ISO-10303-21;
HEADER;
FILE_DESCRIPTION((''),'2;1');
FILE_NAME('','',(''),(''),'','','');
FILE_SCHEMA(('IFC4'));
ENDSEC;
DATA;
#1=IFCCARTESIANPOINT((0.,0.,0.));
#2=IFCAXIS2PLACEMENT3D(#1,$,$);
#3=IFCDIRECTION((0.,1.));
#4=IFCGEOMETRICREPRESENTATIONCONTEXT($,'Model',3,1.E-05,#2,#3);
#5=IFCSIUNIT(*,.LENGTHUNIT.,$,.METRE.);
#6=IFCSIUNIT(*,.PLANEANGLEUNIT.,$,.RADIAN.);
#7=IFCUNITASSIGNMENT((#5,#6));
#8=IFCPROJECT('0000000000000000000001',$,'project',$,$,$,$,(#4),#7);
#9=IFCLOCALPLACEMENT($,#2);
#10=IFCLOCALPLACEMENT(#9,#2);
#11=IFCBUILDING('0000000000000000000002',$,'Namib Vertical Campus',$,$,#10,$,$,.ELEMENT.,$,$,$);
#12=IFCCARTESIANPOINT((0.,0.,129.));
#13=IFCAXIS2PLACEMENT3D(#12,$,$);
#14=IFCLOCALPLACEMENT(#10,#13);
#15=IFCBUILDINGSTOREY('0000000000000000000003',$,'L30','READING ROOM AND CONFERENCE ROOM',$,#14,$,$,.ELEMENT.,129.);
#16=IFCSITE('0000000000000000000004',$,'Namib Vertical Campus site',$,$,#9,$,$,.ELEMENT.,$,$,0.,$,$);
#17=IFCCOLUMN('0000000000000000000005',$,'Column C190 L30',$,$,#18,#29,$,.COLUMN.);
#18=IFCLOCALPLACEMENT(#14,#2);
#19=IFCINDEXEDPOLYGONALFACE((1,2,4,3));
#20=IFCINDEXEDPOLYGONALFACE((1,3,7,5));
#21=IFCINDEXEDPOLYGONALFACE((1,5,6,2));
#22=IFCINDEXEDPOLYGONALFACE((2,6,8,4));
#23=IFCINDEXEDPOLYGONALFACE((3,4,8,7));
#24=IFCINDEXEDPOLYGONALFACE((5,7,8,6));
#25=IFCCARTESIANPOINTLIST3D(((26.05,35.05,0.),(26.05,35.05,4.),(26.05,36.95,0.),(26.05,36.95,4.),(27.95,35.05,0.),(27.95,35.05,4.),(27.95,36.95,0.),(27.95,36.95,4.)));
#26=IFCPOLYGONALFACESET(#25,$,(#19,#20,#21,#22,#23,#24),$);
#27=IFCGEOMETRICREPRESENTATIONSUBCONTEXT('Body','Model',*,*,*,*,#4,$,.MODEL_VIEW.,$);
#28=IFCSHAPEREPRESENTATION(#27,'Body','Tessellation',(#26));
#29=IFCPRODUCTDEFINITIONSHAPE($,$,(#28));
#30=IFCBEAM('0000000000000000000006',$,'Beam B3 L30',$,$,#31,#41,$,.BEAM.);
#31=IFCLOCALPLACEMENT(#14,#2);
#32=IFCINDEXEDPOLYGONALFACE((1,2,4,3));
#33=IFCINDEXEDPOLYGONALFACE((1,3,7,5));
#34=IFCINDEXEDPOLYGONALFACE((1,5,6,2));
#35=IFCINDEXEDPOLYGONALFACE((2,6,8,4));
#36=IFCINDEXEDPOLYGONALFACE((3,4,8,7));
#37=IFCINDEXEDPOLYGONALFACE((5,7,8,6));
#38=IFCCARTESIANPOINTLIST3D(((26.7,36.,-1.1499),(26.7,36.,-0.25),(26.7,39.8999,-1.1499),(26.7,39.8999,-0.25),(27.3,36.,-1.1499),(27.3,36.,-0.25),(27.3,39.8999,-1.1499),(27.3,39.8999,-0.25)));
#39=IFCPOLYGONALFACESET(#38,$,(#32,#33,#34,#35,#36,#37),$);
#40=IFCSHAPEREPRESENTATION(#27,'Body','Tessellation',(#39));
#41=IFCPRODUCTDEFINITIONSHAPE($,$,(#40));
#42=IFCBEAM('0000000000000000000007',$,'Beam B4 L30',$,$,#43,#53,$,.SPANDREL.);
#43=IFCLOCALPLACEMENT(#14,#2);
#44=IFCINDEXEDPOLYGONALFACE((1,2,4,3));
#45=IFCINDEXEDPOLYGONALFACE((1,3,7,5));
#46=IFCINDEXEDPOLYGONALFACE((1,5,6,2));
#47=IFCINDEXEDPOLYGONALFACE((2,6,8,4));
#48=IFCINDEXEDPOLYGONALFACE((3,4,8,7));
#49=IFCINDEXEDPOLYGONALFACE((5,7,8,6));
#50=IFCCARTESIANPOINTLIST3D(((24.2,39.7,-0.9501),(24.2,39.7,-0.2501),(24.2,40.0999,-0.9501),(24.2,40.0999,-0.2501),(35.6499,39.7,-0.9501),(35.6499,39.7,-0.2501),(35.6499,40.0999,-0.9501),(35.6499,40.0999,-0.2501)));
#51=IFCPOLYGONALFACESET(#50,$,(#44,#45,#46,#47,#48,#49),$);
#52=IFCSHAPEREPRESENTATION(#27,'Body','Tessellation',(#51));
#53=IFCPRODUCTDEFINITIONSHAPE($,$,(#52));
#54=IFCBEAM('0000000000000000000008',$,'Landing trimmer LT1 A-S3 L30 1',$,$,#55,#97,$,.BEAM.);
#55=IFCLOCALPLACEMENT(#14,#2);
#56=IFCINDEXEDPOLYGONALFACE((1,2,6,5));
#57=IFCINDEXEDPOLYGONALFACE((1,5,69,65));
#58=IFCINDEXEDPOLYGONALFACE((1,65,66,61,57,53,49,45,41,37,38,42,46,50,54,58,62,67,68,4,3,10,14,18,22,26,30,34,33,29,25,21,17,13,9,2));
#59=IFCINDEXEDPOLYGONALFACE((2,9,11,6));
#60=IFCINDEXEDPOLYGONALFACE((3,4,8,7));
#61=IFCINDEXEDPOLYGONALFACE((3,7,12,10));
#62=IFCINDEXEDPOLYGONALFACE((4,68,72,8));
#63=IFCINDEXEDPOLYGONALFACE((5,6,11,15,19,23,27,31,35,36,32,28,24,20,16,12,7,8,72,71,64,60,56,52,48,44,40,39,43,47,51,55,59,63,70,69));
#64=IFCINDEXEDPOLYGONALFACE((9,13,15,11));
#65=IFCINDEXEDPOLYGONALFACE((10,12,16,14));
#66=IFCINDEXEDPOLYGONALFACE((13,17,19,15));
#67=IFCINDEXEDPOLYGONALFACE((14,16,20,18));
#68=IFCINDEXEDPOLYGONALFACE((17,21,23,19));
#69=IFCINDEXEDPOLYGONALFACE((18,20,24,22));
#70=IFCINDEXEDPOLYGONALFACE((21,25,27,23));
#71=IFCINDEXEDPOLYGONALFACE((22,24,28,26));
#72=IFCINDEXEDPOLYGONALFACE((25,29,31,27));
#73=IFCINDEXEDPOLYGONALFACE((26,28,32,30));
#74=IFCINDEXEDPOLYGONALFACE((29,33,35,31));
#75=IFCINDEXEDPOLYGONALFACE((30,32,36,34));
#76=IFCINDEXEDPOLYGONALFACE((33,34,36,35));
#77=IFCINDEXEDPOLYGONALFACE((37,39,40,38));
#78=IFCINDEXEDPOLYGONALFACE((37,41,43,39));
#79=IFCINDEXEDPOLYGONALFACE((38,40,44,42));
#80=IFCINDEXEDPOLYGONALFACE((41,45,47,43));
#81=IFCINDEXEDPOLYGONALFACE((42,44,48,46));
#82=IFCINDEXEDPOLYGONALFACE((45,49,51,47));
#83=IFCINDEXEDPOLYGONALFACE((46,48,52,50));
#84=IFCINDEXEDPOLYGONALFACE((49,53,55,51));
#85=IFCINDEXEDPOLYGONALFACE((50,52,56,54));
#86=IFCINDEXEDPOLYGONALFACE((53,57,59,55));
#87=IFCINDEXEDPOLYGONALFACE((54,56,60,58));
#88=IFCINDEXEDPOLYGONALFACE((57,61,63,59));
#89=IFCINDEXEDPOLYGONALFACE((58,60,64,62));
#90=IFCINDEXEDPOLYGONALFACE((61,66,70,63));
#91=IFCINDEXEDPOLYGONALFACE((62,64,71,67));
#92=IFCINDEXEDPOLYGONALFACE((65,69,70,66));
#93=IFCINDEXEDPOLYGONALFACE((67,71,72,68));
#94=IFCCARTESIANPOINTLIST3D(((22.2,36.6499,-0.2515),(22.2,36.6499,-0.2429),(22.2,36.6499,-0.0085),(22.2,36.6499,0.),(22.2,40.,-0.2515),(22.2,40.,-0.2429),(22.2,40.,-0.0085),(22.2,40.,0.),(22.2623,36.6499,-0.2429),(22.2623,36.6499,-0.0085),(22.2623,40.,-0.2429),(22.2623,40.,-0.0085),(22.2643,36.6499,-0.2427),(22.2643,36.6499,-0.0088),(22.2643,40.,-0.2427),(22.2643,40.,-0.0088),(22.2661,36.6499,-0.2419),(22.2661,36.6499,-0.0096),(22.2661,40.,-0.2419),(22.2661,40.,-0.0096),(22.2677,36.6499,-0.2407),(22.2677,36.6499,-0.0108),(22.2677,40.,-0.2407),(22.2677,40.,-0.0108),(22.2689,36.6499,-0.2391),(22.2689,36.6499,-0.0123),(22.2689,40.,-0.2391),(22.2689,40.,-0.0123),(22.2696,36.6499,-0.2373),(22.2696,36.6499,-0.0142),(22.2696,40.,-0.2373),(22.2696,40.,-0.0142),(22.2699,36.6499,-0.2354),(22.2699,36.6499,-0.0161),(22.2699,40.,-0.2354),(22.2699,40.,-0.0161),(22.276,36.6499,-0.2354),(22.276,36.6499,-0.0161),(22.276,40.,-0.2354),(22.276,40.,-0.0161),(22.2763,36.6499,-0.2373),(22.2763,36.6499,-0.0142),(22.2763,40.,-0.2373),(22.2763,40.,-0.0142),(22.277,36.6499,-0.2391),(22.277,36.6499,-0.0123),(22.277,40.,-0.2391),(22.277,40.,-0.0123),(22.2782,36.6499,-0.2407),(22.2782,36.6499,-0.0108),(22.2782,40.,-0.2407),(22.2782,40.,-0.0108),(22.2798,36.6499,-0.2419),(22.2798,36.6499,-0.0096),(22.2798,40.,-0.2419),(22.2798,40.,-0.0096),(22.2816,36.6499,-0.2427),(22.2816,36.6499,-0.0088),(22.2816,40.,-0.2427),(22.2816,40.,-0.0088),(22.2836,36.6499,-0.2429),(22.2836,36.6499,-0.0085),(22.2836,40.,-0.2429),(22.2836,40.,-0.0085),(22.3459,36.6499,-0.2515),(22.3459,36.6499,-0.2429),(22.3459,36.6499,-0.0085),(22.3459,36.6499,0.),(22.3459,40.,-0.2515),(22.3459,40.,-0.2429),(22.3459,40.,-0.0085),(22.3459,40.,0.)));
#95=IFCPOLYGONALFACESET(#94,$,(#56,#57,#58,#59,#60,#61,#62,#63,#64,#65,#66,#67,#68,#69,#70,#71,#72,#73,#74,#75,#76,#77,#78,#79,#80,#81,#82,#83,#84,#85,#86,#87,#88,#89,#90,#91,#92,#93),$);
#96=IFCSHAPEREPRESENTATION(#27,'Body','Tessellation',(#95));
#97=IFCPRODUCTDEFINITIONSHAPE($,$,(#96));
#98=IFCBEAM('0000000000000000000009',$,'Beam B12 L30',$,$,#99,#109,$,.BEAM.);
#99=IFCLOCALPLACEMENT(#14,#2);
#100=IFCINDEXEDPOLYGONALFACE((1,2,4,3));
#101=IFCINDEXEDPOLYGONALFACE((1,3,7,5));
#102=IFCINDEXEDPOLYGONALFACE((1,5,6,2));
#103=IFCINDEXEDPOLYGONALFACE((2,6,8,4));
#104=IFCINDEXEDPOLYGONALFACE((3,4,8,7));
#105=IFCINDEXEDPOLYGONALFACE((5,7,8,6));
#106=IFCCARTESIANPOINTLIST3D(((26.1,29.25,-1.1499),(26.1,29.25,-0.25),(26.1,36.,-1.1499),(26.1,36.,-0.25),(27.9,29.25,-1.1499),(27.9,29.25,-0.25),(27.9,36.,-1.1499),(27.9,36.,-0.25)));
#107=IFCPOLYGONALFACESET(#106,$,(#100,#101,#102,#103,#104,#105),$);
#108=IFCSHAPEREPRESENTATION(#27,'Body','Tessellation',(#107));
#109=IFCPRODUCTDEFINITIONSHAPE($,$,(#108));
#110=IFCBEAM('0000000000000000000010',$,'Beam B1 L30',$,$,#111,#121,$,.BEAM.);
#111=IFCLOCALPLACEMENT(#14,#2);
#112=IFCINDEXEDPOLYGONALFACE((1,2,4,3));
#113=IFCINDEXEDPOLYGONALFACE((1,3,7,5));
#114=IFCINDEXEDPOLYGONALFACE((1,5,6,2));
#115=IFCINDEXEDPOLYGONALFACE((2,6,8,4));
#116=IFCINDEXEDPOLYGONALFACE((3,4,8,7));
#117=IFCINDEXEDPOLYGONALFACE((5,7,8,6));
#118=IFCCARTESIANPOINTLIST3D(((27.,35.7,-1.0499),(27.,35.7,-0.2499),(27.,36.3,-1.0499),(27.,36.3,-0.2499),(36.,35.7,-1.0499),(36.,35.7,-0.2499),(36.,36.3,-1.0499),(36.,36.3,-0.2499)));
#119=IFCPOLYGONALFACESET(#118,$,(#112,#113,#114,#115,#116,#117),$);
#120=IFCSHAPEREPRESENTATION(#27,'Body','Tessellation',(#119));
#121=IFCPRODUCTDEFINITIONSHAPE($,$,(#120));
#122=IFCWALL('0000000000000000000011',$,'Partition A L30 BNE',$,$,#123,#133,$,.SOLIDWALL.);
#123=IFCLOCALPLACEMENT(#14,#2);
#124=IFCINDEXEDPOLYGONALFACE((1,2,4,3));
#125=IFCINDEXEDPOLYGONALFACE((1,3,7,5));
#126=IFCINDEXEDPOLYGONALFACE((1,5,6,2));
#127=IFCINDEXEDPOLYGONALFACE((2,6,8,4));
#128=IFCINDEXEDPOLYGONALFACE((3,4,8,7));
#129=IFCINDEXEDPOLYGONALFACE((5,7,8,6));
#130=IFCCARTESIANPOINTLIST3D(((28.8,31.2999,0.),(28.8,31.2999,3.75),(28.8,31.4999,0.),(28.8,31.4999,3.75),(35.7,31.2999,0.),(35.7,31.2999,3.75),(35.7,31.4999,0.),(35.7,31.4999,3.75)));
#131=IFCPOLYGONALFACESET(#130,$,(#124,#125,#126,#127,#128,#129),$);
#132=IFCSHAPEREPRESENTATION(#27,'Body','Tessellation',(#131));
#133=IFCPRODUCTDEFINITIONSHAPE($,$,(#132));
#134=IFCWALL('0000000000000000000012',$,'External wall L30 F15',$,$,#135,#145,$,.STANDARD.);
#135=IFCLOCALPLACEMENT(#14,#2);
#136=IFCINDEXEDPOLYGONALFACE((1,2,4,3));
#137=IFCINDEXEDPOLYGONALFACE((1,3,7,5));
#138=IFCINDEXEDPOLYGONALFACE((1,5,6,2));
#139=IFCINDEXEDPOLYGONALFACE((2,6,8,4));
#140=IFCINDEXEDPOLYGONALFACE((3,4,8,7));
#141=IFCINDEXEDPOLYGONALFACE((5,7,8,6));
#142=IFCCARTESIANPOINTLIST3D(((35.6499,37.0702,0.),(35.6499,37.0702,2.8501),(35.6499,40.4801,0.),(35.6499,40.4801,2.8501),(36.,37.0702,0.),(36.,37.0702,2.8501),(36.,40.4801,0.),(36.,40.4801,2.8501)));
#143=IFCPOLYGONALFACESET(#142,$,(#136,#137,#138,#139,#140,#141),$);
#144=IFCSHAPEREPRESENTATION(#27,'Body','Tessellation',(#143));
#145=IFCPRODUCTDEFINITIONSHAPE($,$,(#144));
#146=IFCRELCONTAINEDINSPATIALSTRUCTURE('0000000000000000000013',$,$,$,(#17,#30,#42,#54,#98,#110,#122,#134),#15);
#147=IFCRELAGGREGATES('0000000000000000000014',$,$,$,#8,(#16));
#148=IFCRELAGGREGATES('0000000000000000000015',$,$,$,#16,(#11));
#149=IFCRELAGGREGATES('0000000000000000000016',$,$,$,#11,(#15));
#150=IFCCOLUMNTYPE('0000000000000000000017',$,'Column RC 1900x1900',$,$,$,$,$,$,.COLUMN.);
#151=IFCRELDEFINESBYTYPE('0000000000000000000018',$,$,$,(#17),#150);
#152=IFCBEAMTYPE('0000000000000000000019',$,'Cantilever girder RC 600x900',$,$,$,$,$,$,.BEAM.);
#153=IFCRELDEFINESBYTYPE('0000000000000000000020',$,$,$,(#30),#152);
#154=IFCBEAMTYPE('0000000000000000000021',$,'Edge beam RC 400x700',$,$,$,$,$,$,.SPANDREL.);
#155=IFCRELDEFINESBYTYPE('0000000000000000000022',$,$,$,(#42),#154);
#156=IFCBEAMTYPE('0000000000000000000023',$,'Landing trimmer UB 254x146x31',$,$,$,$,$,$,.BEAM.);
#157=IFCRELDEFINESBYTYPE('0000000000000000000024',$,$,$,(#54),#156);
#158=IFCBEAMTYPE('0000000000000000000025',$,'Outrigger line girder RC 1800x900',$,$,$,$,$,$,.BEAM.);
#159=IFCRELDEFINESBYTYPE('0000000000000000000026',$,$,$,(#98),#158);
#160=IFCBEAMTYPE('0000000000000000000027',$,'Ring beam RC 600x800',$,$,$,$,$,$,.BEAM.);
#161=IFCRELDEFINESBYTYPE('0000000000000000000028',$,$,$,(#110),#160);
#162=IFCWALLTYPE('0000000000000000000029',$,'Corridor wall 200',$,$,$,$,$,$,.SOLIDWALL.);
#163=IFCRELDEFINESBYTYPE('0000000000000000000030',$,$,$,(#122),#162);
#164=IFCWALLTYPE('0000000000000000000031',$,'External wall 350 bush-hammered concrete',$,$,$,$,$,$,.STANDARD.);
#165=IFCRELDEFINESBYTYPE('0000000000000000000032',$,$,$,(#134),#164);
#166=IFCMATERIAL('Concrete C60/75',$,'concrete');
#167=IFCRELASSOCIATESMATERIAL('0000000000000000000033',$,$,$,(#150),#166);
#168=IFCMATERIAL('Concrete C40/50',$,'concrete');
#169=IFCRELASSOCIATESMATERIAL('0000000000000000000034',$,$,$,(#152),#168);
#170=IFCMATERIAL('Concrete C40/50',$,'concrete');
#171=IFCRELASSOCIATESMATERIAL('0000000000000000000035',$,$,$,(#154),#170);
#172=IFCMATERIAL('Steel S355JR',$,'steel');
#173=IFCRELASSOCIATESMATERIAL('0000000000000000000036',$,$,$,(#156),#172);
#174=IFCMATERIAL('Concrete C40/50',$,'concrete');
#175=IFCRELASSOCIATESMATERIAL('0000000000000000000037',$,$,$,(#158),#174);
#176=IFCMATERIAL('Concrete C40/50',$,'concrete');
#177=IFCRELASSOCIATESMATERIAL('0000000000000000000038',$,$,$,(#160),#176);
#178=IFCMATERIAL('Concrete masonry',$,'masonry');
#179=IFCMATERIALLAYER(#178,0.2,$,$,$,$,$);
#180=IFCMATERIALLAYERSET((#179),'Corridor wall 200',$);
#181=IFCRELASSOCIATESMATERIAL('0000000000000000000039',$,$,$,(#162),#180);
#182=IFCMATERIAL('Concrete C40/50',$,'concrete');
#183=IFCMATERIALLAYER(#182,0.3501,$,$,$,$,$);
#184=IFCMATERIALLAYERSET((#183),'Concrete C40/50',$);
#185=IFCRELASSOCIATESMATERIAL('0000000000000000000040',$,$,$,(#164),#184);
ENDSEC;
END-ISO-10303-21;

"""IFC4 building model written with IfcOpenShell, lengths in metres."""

from ifc_helpers import new_model, si_unit, direction, frame, frame_2d, origin, origin_2d, place, context, subcontext, project, spatial, rectangle, i_section, extrude, material, layer, layer_set, material_profile, profile_set, type_object, element, save


model = new_model("IFC4")

# Units and contexts
model_context = context("Model", 3, precision=1e-05, world=origin(), true_north=direction((0.0, 1.0)))
body_context = subcontext(model_context, "Body", "Model", "MODEL_VIEW")
ifc_project = project(units=[si_unit("LENGTHUNIT", "METRE"), si_unit("PLANEANGLEUNIT", "RADIAN")], contexts=[model_context])

# Site, building, storey
site_placement = place(None, origin())
site = spatial("IfcSite", under=ifc_project, at=site_placement, Name="Namib Vertical Campus site", CompositionType="ELEMENT", RefElevation=0.0)
building_placement = place(site_placement, origin())
building = spatial("IfcBuilding", under=site, at=building_placement, Name="Namib Vertical Campus", CompositionType="ELEMENT")
storey_placement = place(building_placement, frame((0.0, 0.0, 129.0)))
storey = spatial("IfcBuildingStorey", under=building, at=storey_placement, Name="L30", Description="READING ROOM AND CONFERENCE ROOM", CompositionType="ELEMENT", Elevation=129.0)

# Column
ifc_material_1 = material(Name="Concrete C60/75", Category="concrete")
ifc_material_profile_1 = material_profile(ifc_material_1, rectangle(XDim=1.8999, YDim=1.8999, at=origin_2d()))
ifc_profile_set_1 = profile_set([ifc_material_profile_1], Name="Concrete C60/75")
column_type = type_object("IfcColumnType", Name="Column RC 1900x1900", PredefinedType="COLUMN", material=ifc_profile_set_1)
column_placement = place(storey_placement, frame((27.0, 36.0, 0.0), z_axis=(0.0, 0.0, 1.0), x_axis=(1.0, 0.0, 0.0)))
element("IfcColumn", 1, at=column_placement, inside=storey, type_object=column_type, Name="Column C190 L30", PredefinedType="COLUMN", context=body_context, shape_type="SweptSolid", body=[
    extrude(rectangle(XDim=1.8999, YDim=1.8999, at=origin_2d()), origin(), (0.0, 0.0, 1.0), 4.0),
])

# Beams
ifc_material_2 = material(Name="Concrete C40/50", Category="concrete")
ifc_material_profile_2 = material_profile(ifc_material_2, rectangle(XDim=0.6001, YDim=0.8999, at=origin_2d()))
ifc_profile_set_2 = profile_set([ifc_material_profile_2], Name="Concrete C40/50")
beam_type_1 = type_object("IfcBeamType", Name="Cantilever girder RC 600x900", PredefinedType="BEAM", material=ifc_profile_set_2)
beam_1_placement = place(storey_placement, frame((27.0, 36.0, -0.7), z_axis=(0.0, 1.0, 0.0), x_axis=(-1.0, 0.0, 0.0)))
element("IfcBeam", 2, at=beam_1_placement, inside=storey, type_object=beam_type_1, Name="Beam B3 L30", PredefinedType="BEAM", context=body_context, shape_type="SweptSolid", body=[
    extrude(rectangle(XDim=0.6001, YDim=0.8999, at=origin_2d()), origin(), (0.0, 0.0, 1.0), 3.8999),
])
ifc_material_3 = material(Name="Concrete C40/50", Category="concrete")
ifc_material_profile_3 = material_profile(ifc_material_3, rectangle(XDim=0.3999, YDim=0.7, at=origin_2d()))
ifc_profile_set_3 = profile_set([ifc_material_profile_3], Name="Concrete C40/50")
beam_type_2 = type_object("IfcBeamType", Name="Edge beam RC 400x700", PredefinedType="SPANDREL", material=ifc_profile_set_3)
beam_2_placement = place(storey_placement, frame((24.2, 39.8999, -0.6001), z_axis=(1.0, 0.0, 0.0), x_axis=(0.0, 1.0, 0.0)))
element("IfcBeam", 3, at=beam_2_placement, inside=storey, type_object=beam_type_2, Name="Beam B4 L30", PredefinedType="SPANDREL", context=body_context, shape_type="SweptSolid", body=[
    extrude(rectangle(XDim=0.3999, YDim=0.7, at=origin_2d()), origin(), (0.0, 0.0, 1.0), 11.45),
])
ifc_material_4 = material(Name="Steel S355JR", Category="steel")
ifc_material_profile_4 = material_profile(ifc_material_4, i_section(OverallWidth=0.146, OverallDepth=0.2515, WebThickness=0.0061, FlangeThickness=0.0085, FilletRadius=0.0076, at=origin_2d()))
ifc_profile_set_4 = profile_set([ifc_material_profile_4], Name="Steel S355JR")
beam_type_3 = type_object("IfcBeamType", Name="Landing trimmer UB 254x146x31", PredefinedType="BEAM", material=ifc_profile_set_4)
beam_3_placement = place(storey_placement, frame((22.2729, 36.6499, -0.1257), z_axis=(0.0, 1.0, 0.0), x_axis=(-1.0, 0.0, 0.0)))
element("IfcBeam", 4, at=beam_3_placement, inside=storey, type_object=beam_type_3, Name="Landing trimmer LT1 A-S3 L30 1", PredefinedType="BEAM", context=body_context, shape_type="SweptSolid", body=[
    extrude(i_section(OverallWidth=0.146, OverallDepth=0.2515, WebThickness=0.0061, FlangeThickness=0.0085, FilletRadius=0.0076, at=origin_2d()), origin(), (0.0, 0.0, 1.0), 3.3501),
])
ifc_material_5 = material(Name="Concrete C40/50", Category="concrete")
ifc_material_profile_5 = material_profile(ifc_material_5, rectangle(XDim=1.8, YDim=0.8999, at=origin_2d()))
ifc_profile_set_5 = profile_set([ifc_material_profile_5], Name="Concrete C40/50")
beam_type_4 = type_object("IfcBeamType", Name="Outrigger line girder RC 1800x900", PredefinedType="BEAM", material=ifc_profile_set_5)
beam_4_placement = place(storey_placement, frame((27.0, 36.0, -0.7), z_axis=(0.0, -1.0, 0.0), x_axis=(1.0, 0.0, 0.0)))
element("IfcBeam", 5, at=beam_4_placement, inside=storey, type_object=beam_type_4, Name="Beam B12 L30", PredefinedType="BEAM", context=body_context, shape_type="SweptSolid", body=[
    extrude(rectangle(XDim=1.8, YDim=0.8999, at=origin_2d()), origin(), (0.0, 0.0, 1.0), 6.75),
])
ifc_material_6 = material(Name="Concrete C40/50", Category="concrete")
ifc_material_profile_6 = material_profile(ifc_material_6, rectangle(XDim=0.6001, YDim=0.8, at=origin_2d()))
ifc_profile_set_6 = profile_set([ifc_material_profile_6], Name="Concrete C40/50")
beam_type_5 = type_object("IfcBeamType", Name="Ring beam RC 600x800", PredefinedType="BEAM", material=ifc_profile_set_6)
beam_5_placement = place(storey_placement, frame((27.0, 36.0, -0.6499), z_axis=(1.0, 0.0, 0.0), x_axis=(0.0, 1.0, 0.0)))
element("IfcBeam", 6, at=beam_5_placement, inside=storey, type_object=beam_type_5, Name="Beam B1 L30", PredefinedType="BEAM", context=body_context, shape_type="SweptSolid", body=[
    extrude(rectangle(XDim=0.6001, YDim=0.8, at=origin_2d()), origin(), (0.0, 0.0, 1.0), 9.0),
])

# Walls
ifc_material_7 = material(Name="Concrete masonry", Category="masonry")
ifc_layer_1 = layer(ifc_material_7, 0.2)
ifc_layer_set_1 = layer_set([ifc_layer_1], Name="Corridor wall 200")
wall_type_1 = type_object("IfcWallType", Name="Corridor wall 200", PredefinedType="SOLIDWALL", material=ifc_layer_set_1)
wall_1_placement = place(storey_placement, frame((28.8, 31.3999, 0.0), z_axis=(0.0, 0.0, 1.0), x_axis=(1.0, 0.0, 0.0)))
element("IfcWall", 7, at=wall_1_placement, inside=storey, type_object=wall_type_1, Name="Partition A L30 BNE", PredefinedType="SOLIDWALL", context=body_context, shape_type="SweptSolid", body=[
    extrude(rectangle(XDim=6.8999, YDim=0.2, at=frame_2d((3.45, 0.0))), origin(), (0.0, 0.0, 1.0), 3.75),
])
ifc_material_8 = material(Name="Concrete C40/50", Category="concrete")
ifc_layer_2 = layer(ifc_material_8, 0.3501)
ifc_layer_set_2 = layer_set([ifc_layer_2], Name="Concrete C40/50")
wall_type_2 = type_object("IfcWallType", Name="External wall 350 bush-hammered concrete", PredefinedType="STANDARD", material=ifc_layer_set_2)
wall_2_placement = place(storey_placement, frame((35.825, 37.0701, 0.0), z_axis=(0.0, 0.0, 1.0), x_axis=(0.0, 1.0, 0.0)))
element("IfcWall", 8, at=wall_2_placement, inside=storey, type_object=wall_type_2, Name="External wall L30 F15", PredefinedType="STANDARD", context=body_context, shape_type="SweptSolid", body=[
    extrude(rectangle(XDim=3.4099, YDim=0.3501, at=frame_2d((1.7051, 0.0))), origin(), (0.0, 0.0, 1.0), 2.8501),
])

save(model, "model.ifc")
